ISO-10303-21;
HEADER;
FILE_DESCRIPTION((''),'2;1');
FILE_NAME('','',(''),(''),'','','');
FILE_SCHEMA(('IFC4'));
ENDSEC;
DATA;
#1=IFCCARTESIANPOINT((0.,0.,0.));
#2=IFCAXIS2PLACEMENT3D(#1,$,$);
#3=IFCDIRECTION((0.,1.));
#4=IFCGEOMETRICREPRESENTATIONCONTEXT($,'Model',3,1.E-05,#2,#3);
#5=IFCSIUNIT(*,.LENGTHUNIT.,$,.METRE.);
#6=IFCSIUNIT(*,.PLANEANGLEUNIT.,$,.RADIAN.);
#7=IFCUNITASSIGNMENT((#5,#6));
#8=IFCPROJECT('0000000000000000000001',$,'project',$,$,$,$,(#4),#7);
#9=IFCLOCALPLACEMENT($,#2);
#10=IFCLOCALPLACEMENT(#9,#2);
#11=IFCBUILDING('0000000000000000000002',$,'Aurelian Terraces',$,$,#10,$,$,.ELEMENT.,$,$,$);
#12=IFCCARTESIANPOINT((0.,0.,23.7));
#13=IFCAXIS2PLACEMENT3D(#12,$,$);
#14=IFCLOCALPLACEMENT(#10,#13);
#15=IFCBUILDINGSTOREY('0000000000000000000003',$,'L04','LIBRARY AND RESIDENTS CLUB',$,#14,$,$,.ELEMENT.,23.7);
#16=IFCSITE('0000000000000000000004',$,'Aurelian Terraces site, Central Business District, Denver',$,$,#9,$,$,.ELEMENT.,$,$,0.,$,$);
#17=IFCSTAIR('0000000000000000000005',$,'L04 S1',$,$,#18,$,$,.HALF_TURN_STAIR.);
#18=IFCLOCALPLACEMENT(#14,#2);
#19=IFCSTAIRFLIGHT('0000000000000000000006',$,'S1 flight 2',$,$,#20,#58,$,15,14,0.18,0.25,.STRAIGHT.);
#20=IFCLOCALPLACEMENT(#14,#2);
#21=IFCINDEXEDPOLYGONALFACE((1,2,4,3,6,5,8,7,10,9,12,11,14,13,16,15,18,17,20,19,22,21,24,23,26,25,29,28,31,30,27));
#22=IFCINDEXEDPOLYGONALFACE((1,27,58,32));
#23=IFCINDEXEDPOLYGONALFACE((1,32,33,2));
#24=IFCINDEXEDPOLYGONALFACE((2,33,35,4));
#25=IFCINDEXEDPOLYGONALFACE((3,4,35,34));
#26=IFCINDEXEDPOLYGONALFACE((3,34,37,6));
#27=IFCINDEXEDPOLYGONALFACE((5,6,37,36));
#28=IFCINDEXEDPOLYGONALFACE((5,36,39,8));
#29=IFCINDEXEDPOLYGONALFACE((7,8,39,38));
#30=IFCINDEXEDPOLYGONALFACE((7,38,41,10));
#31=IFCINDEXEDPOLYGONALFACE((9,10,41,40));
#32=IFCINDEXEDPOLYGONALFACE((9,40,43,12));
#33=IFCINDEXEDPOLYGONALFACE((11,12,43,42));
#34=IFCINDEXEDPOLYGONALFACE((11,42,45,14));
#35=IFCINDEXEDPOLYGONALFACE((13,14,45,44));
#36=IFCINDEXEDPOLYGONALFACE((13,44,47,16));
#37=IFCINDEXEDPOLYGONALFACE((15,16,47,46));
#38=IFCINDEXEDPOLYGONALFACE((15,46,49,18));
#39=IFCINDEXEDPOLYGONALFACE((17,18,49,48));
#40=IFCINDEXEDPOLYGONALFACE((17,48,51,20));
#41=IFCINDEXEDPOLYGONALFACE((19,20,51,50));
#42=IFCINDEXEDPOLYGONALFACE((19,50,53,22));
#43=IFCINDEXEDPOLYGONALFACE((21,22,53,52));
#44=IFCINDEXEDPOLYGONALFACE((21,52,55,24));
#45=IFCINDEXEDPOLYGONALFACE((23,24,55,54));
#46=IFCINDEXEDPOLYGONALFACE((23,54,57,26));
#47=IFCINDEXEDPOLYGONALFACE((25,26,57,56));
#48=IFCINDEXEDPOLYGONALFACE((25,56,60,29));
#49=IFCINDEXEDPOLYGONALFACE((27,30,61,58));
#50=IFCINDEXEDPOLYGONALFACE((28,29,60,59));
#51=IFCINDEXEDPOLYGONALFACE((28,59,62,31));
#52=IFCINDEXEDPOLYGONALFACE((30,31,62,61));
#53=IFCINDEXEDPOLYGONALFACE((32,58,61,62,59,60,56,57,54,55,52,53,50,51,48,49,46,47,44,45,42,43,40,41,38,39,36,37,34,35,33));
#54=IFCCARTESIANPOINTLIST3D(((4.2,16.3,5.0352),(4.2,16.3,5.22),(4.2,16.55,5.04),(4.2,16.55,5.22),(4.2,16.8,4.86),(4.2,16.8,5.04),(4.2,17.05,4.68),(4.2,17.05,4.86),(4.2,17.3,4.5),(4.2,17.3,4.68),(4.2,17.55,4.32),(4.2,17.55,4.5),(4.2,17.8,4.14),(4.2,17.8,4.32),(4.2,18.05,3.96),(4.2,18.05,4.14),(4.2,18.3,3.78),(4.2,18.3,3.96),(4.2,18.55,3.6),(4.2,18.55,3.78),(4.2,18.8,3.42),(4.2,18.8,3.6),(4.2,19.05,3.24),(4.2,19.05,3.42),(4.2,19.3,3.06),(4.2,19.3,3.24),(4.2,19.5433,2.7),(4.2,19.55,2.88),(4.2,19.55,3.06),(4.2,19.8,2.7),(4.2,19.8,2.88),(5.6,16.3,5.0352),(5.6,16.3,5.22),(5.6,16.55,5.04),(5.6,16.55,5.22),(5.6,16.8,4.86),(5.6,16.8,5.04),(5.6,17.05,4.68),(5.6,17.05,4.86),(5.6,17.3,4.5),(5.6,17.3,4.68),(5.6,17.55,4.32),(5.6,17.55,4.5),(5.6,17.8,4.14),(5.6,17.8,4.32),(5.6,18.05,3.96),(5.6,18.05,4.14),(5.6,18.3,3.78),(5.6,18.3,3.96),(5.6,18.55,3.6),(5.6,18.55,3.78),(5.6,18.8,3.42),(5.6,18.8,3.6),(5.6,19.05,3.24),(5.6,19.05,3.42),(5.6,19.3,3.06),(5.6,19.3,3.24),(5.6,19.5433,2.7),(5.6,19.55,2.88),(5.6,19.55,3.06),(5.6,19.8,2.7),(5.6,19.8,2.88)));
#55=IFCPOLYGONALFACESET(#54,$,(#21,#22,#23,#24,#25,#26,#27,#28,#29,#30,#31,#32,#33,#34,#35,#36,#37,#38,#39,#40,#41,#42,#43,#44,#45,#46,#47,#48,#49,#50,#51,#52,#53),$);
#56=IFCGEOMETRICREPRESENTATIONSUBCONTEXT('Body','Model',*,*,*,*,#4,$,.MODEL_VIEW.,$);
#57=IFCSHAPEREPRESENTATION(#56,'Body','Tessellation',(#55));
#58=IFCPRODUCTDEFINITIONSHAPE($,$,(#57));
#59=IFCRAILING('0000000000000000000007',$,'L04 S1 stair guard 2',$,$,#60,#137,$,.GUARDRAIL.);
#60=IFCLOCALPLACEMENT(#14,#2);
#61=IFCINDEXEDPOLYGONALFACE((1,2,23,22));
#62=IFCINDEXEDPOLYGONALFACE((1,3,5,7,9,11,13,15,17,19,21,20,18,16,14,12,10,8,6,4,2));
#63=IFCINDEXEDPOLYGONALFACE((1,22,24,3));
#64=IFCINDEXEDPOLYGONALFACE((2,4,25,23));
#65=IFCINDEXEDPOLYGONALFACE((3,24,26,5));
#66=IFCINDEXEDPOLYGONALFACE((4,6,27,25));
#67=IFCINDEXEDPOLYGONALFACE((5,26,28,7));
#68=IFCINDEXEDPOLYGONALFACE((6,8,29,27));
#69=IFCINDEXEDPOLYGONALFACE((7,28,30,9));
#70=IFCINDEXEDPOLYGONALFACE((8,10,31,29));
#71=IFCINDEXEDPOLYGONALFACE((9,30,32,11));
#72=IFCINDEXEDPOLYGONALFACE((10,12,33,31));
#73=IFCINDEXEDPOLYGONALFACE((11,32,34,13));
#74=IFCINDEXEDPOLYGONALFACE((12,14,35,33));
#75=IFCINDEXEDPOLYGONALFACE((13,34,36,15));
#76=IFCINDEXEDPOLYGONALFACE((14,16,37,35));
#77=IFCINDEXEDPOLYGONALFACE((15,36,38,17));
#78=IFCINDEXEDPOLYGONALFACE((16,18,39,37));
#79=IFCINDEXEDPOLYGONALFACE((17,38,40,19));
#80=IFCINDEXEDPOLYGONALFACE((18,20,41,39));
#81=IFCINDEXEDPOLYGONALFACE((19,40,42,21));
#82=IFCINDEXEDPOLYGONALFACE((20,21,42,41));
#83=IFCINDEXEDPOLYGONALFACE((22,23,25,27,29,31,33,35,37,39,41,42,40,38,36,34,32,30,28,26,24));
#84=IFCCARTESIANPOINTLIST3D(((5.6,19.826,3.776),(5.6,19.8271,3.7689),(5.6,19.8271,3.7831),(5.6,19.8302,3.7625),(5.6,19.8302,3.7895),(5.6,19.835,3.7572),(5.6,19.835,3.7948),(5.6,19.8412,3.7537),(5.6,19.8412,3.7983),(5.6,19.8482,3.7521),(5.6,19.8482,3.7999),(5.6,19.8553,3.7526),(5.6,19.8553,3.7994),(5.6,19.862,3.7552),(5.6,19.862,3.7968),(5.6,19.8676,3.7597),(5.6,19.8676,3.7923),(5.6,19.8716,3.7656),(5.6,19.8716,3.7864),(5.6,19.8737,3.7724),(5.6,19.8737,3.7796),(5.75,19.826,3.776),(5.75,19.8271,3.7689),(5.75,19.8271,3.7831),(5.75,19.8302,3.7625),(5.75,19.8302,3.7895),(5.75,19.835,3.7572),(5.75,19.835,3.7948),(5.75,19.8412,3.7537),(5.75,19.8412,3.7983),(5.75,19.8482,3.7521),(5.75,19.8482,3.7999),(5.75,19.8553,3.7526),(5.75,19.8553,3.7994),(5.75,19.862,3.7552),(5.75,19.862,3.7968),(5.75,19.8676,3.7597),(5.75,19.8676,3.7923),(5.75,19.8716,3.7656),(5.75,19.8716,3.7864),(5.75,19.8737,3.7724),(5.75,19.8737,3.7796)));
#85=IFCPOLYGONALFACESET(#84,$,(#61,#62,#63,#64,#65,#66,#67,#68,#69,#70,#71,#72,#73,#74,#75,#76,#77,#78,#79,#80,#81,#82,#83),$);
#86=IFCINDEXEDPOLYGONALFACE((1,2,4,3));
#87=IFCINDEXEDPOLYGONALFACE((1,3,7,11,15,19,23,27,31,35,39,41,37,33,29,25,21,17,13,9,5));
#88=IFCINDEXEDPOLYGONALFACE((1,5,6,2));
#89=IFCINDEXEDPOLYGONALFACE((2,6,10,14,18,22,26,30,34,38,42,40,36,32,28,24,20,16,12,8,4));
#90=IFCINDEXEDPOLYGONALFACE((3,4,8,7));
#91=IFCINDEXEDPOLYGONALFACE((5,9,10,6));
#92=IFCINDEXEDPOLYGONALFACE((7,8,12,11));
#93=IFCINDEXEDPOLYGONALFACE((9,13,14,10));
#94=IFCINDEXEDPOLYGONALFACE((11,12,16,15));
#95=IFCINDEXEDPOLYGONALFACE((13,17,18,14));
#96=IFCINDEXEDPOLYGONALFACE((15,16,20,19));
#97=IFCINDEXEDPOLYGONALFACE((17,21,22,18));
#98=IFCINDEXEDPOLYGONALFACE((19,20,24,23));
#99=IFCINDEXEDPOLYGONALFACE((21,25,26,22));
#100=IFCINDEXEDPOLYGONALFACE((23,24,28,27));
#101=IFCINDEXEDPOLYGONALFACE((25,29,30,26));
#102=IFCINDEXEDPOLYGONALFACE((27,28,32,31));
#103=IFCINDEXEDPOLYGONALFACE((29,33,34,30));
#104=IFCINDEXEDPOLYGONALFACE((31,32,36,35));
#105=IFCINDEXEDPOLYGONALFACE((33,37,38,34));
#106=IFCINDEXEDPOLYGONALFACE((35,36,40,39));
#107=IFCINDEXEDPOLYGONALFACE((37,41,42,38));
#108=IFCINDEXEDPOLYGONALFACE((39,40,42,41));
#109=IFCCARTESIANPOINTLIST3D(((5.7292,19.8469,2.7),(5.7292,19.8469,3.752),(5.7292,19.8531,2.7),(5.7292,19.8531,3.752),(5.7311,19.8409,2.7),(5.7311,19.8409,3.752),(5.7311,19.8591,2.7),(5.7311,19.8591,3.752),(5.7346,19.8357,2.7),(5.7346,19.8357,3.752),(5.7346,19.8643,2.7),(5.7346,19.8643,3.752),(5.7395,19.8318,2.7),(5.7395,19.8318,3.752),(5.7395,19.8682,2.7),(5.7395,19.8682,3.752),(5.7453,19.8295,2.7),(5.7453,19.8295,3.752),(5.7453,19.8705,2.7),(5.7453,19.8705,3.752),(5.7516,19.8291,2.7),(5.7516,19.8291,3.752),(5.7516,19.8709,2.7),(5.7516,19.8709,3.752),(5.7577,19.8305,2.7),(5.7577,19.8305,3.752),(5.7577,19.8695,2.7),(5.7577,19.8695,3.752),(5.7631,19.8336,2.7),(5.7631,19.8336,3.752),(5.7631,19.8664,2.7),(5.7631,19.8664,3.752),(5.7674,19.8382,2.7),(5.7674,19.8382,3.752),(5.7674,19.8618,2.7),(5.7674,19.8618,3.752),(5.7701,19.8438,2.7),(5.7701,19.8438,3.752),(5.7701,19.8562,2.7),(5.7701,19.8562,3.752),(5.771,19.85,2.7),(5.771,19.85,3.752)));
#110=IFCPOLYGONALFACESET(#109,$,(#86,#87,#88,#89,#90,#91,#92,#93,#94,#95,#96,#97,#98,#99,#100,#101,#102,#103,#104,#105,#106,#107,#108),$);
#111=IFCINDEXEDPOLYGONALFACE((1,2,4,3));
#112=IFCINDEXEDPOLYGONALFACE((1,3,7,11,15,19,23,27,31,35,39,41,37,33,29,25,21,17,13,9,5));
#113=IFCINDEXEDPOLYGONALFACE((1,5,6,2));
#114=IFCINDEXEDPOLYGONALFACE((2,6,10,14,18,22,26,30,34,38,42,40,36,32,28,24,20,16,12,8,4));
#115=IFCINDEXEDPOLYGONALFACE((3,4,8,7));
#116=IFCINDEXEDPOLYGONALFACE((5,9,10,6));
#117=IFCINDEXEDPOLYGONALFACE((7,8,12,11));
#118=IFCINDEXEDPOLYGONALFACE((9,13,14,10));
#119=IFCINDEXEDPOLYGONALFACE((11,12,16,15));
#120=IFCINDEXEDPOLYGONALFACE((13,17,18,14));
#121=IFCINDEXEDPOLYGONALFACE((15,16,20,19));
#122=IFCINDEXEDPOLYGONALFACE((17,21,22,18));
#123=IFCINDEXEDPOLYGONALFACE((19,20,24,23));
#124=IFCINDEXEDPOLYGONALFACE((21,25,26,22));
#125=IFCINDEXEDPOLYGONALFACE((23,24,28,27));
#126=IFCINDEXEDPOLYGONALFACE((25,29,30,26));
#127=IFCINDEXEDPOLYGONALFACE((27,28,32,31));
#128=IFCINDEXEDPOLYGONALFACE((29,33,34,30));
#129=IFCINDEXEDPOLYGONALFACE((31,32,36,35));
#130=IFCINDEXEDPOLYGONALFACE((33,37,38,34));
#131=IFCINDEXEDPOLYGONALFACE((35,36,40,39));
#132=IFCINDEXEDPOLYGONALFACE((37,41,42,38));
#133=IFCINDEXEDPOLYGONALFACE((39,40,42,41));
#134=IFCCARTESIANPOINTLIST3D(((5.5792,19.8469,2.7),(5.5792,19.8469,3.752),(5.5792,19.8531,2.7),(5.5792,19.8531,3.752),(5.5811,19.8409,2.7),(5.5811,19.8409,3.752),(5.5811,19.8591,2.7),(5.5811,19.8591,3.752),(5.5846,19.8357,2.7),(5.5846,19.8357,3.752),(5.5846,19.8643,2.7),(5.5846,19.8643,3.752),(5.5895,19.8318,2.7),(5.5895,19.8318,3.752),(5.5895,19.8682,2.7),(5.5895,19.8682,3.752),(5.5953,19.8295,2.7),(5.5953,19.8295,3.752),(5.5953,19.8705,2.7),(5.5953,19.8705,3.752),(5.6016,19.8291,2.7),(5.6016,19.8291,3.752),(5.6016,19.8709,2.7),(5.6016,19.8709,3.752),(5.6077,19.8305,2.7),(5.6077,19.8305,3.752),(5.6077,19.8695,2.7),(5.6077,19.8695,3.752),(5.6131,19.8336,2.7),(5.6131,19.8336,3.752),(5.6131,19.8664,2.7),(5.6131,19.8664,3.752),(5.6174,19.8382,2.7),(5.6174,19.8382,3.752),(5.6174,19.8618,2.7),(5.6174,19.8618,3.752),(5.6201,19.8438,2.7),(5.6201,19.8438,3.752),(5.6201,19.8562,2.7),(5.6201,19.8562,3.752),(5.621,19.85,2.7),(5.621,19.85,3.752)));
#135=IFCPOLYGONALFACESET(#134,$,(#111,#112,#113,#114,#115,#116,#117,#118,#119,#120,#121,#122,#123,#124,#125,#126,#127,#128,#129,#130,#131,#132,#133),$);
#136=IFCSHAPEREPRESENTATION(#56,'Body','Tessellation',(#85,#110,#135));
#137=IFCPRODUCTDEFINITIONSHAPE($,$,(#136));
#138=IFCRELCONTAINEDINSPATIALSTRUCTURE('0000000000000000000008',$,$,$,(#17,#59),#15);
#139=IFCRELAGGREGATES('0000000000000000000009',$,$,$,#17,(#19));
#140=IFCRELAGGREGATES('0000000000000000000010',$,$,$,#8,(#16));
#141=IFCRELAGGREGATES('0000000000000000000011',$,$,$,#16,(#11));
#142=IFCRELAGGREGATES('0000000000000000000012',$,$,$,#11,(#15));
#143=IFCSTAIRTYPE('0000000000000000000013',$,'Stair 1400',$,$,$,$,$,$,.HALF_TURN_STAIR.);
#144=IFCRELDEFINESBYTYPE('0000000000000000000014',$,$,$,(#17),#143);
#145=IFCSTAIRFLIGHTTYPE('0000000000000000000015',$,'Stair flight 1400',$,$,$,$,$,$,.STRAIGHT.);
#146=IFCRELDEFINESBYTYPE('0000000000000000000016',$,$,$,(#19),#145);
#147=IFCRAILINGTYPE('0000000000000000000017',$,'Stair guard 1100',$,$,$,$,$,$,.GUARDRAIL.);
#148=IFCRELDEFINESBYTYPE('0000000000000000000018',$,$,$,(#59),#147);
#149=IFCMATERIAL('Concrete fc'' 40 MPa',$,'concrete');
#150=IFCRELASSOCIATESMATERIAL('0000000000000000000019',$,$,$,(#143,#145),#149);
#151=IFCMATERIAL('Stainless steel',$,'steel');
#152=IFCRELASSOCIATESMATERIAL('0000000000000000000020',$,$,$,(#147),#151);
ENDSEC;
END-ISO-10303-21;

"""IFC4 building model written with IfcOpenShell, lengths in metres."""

from ifc_helpers import new_model, si_unit, direction, frame, origin, origin_2d, place, context, subcontext, project, spatial, polyline, circle, outline, extrude, source, transform, mapped, material, type_object, element, aggregate, save


model = new_model("IFC4")

# Units and contexts
model_context = context("Model", 3, precision=1e-05, world=origin(), true_north=direction((0.0, 1.0)))
body_context = subcontext(model_context, "Body", "Model", "MODEL_VIEW")
ifc_project = project(units=[si_unit("LENGTHUNIT", "METRE"), si_unit("PLANEANGLEUNIT", "RADIAN")], contexts=[model_context])

# Site, building, storey
site_placement = place(None, origin())
site = spatial("IfcSite", under=ifc_project, at=site_placement, Name="Aurelian Terraces site, Central Business District, Denver", CompositionType="ELEMENT", RefElevation=0.0)
building_placement = place(site_placement, origin())
building = spatial("IfcBuilding", under=site, at=building_placement, Name="Aurelian Terraces", CompositionType="ELEMENT")
storey_placement = place(building_placement, frame((0.0, 0.0, 23.7)))
storey = spatial("IfcBuildingStorey", under=building, at=storey_placement, Name="L04", Description="LIBRARY AND RESIDENTS CLUB", CompositionType="ELEMENT", Elevation=23.7)

# Shared definitions
ifc_material_1 = material(Name="Concrete fc' 40 MPa", Category="concrete")

# Stair, stair flight
stair_type = type_object("IfcStairType", Name="Stair 1400", PredefinedType="HALF_TURN_STAIR", material=ifc_material_1)
stair_placement = place(storey_placement, origin())
stair = element("IfcStair", 1, at=stair_placement, inside=storey, type_object=stair_type, Name="L04 S1", PredefinedType="HALF_TURN_STAIR")
stair_flight_type = type_object("IfcStairFlightType", Name="Stair flight 1400", PredefinedType="STRAIGHT", material=ifc_material_1)
shared_shape_1 = source(origin(), body_context, "Body", "SweptSolid", [
    extrude(outline(polyline([(0.0, 0.0), (0.0, 0.18), (0.25, 0.18), (0.25, 0.36), (0.5, 0.36), (0.5, 0.54), (0.75, 0.54), (0.75, 0.72), (1.0, 0.72), (1.0, 0.9), (1.25, 0.9), (1.25, 1.08), (1.5, 1.08), (1.5, 1.26), (1.75, 1.26), (1.75, 1.44), (2.0, 1.44), (2.0, 1.62), (2.25, 1.62), (2.25, 1.8), (2.5, 1.8), (2.5, 1.98), (2.75, 1.98), (2.75, 2.16), (3.0, 2.16), (3.0, 2.34), (3.25, 2.34), (3.25, 2.52), (3.5, 2.52), (3.5, 2.7), (3.5, 2.3352), (0.2567, 0.0), (0.0, 0.0)])), frame((0.0, 0.7, 0.0), z_axis=(0.0, -1.0, 0.0), x_axis=(1.0, 0.0, 0.0)), (0.0, 0.0, 1.0), 1.4),
])
stair_flight_1_placement = place(storey_placement, frame((4.9, 19.8, 2.7), z_axis=(0.0, 0.0, 1.0), x_axis=(0.0, -1.0, 0.0)))
stair_flight_1 = element("IfcStairFlight", 2, at=stair_flight_1_placement, type_object=stair_flight_type, Name="S1 flight 2", NumberOfRisers=15, NumberOfTreads=14, PredefinedType="STRAIGHT", RiserHeight=0.18, TreadLength=0.25, context=body_context, shape_type="MappedRepresentation", body=[
    mapped(shared_shape_1, transform((0.0, 0.0, 0.0), scale=1.0)),
])
aggregate(stair, [stair_flight_1])

# Railing
ifc_material_2 = material(Name="Stainless steel", Category="steel")
railing_type_1 = type_object("IfcRailingType", Name="Stair guard 1100", PredefinedType="GUARDRAIL", material=ifc_material_2)
shared_shape_2 = source(origin(), body_context, "Body", "SweptSolid", [
    extrude(circle(Radius=0.024, at=origin_2d()), frame((0.0, 0.0, 1.076), z_axis=(-1.0, 0.0, 0.0), x_axis=(0.0, -1.0, 0.0)), (0.0, 0.0, 1.0), 0.15),
    extrude(circle(Radius=0.021, at=origin_2d()), origin(), (0.0, 0.0, 1.0), 1.052),
    extrude(circle(Radius=0.021, at=origin_2d()), frame((-0.15, 0.0, 0.0)), (0.0, 0.0, 1.0), 1.052),
])
for number, where, name in (
    (3, (5.75, 19.85, 2.7), "L04 S1 stair guard 2"),
):
    element("IfcRailing", number, at=place(storey_placement, frame(where)), inside=storey, type_object=railing_type_1, Name=name, PredefinedType="GUARDRAIL", context=body_context, shape_type="MappedRepresentation", body=[
        mapped(shared_shape_2, transform((0.0, 0.0, 0.0), scale=1.0)),
    ])

save(model, "model.ifc")
